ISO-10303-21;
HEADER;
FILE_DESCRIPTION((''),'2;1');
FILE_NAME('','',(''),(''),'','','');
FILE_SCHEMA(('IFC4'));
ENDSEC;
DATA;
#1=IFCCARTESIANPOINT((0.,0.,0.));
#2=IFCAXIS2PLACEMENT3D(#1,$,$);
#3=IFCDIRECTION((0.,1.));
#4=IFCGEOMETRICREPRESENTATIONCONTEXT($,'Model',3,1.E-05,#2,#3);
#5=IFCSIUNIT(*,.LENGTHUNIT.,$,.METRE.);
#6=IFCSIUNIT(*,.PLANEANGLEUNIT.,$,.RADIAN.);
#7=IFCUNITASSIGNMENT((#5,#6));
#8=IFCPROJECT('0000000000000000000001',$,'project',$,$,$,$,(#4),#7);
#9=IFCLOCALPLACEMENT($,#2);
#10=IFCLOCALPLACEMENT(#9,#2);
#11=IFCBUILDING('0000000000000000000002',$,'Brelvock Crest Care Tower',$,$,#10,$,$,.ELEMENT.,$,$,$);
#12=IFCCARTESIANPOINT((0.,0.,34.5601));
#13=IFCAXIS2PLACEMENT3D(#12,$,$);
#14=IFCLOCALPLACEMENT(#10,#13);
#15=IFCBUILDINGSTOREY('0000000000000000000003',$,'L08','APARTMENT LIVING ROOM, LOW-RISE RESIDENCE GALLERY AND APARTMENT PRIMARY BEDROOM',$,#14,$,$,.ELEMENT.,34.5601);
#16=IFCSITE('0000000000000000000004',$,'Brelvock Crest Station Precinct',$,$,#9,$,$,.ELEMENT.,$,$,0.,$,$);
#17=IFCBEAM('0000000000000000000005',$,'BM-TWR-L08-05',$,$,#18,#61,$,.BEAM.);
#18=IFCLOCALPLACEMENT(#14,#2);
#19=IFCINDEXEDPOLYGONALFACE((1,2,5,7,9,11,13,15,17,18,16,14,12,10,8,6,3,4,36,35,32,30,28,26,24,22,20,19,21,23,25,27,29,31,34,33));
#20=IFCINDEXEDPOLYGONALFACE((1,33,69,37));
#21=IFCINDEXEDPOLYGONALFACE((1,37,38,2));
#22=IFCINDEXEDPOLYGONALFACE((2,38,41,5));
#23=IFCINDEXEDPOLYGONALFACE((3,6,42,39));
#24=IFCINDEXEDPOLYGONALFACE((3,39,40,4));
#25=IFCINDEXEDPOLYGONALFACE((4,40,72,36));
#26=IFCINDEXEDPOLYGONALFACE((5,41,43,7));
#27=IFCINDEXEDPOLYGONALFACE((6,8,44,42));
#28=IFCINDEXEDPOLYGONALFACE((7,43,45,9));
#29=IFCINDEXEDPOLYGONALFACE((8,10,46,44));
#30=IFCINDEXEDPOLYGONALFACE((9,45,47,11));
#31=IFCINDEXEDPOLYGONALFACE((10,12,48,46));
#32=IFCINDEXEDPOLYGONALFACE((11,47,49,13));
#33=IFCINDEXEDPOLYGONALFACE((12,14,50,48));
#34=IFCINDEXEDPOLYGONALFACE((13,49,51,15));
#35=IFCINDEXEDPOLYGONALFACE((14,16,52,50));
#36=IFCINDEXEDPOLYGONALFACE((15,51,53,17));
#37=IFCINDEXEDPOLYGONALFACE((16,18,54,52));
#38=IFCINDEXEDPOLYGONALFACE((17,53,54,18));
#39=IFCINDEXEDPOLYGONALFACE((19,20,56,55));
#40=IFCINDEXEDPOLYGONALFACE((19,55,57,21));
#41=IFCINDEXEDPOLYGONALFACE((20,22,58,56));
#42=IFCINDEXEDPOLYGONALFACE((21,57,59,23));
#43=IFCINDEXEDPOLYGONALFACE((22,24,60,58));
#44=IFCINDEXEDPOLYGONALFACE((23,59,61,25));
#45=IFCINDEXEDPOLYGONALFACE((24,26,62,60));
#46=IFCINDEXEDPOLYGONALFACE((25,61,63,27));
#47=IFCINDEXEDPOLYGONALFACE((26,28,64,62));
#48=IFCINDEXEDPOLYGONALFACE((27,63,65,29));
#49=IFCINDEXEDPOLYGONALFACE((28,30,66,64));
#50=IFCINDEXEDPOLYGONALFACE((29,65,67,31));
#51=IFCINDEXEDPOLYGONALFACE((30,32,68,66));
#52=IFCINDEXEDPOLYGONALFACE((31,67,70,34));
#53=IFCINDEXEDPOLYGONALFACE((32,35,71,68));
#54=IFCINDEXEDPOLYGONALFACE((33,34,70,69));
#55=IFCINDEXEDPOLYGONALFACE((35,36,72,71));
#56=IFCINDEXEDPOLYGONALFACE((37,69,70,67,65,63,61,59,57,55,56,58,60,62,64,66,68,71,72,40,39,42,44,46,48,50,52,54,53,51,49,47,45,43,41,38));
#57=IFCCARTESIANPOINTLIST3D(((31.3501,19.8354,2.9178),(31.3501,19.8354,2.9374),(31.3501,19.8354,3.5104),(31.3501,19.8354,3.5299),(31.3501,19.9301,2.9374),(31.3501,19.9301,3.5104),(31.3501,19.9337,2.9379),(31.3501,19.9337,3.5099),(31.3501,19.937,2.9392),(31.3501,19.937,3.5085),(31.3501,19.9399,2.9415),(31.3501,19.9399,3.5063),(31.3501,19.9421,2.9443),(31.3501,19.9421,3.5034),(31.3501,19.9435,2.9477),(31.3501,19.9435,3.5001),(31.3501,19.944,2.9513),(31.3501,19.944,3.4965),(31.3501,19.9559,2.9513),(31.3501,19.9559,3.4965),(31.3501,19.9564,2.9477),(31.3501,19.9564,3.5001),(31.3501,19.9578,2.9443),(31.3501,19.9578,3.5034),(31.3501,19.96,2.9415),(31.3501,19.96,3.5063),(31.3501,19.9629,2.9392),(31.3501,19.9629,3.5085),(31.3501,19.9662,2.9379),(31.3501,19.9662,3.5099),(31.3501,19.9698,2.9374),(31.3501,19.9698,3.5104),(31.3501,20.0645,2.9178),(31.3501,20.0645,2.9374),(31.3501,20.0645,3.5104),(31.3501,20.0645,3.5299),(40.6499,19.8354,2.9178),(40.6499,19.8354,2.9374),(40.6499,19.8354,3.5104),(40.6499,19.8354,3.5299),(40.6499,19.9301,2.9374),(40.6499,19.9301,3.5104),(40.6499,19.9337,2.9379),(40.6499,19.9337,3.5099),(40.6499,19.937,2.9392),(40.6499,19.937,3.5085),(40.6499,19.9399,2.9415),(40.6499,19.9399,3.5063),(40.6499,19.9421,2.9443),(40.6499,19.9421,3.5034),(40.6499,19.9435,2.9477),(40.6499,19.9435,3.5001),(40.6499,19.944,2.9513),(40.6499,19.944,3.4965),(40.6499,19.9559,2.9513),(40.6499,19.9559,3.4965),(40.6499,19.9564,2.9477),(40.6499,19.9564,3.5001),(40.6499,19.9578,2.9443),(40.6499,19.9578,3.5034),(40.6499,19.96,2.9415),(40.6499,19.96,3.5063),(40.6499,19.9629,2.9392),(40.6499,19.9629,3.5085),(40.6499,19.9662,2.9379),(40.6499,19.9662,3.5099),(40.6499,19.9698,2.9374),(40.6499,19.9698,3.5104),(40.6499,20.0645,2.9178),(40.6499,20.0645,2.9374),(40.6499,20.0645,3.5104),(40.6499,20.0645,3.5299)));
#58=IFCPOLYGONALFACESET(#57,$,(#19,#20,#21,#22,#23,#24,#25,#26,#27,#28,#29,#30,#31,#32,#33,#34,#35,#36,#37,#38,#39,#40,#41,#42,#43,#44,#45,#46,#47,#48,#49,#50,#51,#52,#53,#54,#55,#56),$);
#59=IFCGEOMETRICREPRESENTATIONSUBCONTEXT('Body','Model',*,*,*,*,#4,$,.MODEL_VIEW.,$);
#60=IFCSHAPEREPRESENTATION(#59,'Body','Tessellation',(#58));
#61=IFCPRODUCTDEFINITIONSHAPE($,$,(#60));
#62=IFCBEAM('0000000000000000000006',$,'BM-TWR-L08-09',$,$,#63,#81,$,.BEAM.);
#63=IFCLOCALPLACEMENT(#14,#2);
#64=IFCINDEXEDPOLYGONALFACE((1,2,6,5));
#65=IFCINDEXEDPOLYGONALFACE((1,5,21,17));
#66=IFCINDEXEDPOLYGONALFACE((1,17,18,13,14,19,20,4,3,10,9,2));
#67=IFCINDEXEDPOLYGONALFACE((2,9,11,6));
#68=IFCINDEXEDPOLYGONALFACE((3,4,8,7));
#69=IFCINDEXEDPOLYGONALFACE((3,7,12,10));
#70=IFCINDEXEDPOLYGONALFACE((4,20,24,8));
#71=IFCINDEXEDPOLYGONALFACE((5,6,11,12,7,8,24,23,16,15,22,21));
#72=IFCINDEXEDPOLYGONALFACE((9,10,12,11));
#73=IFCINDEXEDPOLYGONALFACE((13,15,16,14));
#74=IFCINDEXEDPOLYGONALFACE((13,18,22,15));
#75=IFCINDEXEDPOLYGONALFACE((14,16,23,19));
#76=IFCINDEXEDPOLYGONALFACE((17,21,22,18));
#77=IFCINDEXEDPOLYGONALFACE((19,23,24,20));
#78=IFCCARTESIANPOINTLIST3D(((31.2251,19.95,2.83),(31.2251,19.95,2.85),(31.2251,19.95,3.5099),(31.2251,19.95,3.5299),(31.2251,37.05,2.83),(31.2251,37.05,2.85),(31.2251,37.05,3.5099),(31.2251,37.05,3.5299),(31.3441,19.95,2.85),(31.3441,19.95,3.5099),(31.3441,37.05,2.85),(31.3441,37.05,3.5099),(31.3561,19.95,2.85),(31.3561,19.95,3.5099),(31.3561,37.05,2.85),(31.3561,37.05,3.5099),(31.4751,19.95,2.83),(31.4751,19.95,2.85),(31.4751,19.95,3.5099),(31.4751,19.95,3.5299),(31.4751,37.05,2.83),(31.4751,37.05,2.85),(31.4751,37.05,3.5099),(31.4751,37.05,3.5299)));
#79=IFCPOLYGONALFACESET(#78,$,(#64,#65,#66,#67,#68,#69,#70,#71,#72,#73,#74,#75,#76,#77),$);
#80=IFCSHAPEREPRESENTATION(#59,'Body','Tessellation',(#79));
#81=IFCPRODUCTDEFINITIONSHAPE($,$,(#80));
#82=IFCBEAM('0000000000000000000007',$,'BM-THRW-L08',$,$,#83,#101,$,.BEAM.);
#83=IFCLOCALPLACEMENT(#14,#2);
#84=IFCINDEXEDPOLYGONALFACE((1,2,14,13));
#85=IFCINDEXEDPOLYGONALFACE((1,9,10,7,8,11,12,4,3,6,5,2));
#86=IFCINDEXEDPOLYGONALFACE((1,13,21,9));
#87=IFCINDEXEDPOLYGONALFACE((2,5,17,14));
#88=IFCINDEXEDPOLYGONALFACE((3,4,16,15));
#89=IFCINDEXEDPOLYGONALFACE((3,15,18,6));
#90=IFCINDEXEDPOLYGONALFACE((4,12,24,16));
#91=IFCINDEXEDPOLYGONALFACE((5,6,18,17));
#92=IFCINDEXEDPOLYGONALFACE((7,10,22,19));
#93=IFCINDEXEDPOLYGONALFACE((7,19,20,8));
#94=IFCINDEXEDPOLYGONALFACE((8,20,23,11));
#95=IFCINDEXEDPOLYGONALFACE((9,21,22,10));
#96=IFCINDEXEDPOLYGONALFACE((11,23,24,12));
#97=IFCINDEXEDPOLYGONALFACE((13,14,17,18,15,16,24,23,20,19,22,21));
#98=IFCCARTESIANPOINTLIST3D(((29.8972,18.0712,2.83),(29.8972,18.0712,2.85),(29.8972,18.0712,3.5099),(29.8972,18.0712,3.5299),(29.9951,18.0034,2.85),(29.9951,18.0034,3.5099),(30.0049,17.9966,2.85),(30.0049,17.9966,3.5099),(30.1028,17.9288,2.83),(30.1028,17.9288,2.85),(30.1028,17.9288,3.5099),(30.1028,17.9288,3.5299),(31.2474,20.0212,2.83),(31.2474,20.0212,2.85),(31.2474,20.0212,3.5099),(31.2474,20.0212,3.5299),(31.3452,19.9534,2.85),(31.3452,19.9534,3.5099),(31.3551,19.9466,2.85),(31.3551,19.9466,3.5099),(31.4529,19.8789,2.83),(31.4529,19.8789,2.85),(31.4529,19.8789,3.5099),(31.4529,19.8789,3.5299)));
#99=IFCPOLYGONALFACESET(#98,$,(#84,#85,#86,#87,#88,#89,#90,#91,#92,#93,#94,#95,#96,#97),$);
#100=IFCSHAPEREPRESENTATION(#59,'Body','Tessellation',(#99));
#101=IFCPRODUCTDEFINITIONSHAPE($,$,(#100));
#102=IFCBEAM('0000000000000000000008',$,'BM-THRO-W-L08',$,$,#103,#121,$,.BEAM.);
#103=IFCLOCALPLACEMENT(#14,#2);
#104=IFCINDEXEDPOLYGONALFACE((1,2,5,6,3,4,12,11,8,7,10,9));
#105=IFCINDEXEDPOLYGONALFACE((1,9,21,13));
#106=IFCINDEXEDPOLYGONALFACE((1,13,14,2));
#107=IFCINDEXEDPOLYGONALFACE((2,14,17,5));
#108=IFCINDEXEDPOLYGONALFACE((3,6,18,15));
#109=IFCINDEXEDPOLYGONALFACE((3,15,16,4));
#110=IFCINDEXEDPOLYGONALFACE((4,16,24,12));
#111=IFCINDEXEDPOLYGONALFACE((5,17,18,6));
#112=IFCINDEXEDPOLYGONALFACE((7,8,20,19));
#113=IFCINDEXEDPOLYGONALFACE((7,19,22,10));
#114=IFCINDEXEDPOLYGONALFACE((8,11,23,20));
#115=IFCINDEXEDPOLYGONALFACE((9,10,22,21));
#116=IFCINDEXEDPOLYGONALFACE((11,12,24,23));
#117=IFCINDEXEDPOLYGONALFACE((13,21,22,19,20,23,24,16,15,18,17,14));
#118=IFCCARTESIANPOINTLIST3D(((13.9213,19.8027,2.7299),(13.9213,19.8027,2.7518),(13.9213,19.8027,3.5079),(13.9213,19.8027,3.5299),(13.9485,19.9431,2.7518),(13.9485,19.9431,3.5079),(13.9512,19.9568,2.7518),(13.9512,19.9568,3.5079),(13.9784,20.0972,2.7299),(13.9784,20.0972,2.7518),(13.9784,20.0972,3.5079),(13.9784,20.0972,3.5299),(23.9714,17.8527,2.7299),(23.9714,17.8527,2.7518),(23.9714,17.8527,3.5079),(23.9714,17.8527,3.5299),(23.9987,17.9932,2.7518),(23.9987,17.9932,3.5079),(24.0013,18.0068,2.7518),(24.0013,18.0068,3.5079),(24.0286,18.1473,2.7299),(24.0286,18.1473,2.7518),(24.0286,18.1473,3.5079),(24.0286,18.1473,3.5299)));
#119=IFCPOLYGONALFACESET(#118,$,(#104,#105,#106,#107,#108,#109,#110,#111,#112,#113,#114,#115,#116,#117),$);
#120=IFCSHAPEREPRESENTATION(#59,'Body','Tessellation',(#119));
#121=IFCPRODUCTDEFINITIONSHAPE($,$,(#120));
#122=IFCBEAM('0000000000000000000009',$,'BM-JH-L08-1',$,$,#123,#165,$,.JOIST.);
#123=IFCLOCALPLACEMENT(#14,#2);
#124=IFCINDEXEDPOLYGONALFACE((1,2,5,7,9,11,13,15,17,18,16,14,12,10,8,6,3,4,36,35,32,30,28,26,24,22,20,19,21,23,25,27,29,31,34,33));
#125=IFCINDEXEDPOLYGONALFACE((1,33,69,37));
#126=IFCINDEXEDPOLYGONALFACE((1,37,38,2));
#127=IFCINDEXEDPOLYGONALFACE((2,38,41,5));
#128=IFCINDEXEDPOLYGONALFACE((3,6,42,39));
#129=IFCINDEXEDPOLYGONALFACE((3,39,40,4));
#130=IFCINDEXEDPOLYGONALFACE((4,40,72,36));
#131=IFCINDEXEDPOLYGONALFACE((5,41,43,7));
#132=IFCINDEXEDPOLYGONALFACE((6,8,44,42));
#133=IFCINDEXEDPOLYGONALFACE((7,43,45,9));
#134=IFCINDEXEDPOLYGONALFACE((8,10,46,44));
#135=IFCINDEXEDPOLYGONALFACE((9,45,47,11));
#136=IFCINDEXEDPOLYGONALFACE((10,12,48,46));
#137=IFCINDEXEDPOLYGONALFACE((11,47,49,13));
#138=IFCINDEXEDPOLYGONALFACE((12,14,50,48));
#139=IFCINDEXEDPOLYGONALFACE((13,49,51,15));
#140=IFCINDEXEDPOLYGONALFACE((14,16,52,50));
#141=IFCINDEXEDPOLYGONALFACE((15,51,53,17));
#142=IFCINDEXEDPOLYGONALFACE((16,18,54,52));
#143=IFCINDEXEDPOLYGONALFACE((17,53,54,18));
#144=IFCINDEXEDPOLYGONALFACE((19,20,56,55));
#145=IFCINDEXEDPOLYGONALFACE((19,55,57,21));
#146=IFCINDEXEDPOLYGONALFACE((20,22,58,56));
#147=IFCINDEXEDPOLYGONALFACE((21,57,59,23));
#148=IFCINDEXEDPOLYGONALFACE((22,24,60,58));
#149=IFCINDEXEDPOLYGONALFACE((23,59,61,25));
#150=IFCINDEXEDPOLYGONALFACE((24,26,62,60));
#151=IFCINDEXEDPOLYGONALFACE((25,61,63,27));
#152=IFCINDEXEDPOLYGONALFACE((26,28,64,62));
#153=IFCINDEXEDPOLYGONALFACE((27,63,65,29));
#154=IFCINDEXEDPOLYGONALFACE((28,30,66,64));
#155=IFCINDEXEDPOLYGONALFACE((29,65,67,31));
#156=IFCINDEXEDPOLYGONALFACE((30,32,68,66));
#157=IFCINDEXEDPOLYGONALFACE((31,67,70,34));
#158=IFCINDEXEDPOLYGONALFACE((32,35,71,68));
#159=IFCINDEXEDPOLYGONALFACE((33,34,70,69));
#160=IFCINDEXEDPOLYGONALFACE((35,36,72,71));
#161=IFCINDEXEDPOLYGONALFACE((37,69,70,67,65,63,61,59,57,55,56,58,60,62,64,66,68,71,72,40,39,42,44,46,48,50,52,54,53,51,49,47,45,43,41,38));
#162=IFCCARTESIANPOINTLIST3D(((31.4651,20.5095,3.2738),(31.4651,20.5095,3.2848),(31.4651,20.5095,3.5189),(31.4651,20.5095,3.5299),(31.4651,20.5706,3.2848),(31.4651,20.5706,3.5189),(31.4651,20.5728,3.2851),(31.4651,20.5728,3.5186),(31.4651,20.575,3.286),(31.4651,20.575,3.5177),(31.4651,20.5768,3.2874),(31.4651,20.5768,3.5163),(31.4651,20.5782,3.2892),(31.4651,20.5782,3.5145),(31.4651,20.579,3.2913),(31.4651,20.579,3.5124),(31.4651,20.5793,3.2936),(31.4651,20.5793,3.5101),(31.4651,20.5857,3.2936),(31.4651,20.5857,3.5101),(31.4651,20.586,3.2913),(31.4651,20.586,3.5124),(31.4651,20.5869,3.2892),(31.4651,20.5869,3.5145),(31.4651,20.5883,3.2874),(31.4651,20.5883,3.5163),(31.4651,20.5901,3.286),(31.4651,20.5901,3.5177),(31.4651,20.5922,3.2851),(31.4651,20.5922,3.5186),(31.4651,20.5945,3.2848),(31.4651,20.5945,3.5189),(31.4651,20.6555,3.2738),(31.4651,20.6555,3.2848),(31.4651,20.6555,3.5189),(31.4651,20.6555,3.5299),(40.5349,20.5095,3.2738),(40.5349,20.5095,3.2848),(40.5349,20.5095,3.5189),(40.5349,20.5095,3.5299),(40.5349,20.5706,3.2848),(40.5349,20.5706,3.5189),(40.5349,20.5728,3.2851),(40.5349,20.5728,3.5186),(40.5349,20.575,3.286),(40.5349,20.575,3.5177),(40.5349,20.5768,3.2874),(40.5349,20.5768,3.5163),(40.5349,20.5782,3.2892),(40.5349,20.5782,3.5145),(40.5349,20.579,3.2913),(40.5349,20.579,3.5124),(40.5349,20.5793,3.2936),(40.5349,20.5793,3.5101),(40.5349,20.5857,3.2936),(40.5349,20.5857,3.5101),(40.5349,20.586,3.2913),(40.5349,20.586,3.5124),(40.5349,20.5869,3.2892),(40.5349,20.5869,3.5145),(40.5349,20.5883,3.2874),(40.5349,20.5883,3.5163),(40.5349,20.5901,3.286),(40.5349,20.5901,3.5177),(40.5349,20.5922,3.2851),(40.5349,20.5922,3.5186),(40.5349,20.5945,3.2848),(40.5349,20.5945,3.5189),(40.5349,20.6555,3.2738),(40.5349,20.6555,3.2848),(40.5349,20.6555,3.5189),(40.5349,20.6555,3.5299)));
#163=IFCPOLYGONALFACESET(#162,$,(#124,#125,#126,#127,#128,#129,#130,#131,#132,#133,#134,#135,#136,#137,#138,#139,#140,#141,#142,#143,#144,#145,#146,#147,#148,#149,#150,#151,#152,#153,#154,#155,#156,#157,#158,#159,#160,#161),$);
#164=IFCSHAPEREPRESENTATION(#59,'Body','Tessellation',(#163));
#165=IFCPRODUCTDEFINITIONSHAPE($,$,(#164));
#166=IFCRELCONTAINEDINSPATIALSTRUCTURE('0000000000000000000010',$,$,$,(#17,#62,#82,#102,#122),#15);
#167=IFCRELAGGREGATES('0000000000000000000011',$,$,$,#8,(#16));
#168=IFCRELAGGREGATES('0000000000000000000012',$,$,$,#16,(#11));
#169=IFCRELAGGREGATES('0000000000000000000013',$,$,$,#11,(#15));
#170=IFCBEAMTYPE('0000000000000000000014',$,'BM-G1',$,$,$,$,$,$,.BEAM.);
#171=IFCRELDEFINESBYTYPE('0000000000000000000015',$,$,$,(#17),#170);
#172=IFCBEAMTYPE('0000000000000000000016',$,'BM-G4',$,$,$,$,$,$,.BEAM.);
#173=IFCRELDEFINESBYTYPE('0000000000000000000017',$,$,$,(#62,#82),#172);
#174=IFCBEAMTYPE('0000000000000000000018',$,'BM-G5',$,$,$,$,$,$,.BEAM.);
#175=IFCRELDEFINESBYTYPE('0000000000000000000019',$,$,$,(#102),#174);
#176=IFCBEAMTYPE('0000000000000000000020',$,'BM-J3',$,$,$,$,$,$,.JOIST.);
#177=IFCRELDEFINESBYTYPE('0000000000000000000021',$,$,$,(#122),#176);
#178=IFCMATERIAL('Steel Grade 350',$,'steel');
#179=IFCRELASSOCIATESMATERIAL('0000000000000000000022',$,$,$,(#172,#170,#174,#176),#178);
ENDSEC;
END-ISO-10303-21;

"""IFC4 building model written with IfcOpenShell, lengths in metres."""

from ifc_helpers import new_model, si_unit, direction, frame, origin, origin_2d, place, context, subcontext, project, spatial, i_section, extrude, source, transform, mapped, material, material_profile, profile_set, type_object, element, save


model = new_model("IFC4")

# Units and contexts
model_context = context("Model", 3, precision=1e-05, world=origin(), true_north=direction((0.0, 1.0)))
body_context = subcontext(model_context, "Body", "Model", "MODEL_VIEW")
ifc_project = project(units=[si_unit("LENGTHUNIT", "METRE"), si_unit("PLANEANGLEUNIT", "RADIAN")], contexts=[model_context])

# Site, building, storey
site_placement = place(None, origin())
site = spatial("IfcSite", under=ifc_project, at=site_placement, Name="Brelvock Crest Station Precinct", CompositionType="ELEMENT", RefElevation=0.0)
building_placement = place(site_placement, origin())
building = spatial("IfcBuilding", under=site, at=building_placement, Name="Brelvock Crest Care Tower", CompositionType="ELEMENT")
storey_placement = place(building_placement, frame((0.0, 0.0, 34.5601)))
storey = spatial("IfcBuildingStorey", under=building, at=storey_placement, Name="L08", Description="APARTMENT LIVING ROOM, LOW-RISE RESIDENCE GALLERY AND APARTMENT PRIMARY BEDROOM", CompositionType="ELEMENT", Elevation=34.5601)

# Shared definitions
ifc_material_1 = material(Name="Steel Grade 350", Category="steel")

# Beams
ifc_material_profile_1 = material_profile(ifc_material_1, i_section(OverallWidth=0.25, OverallDepth=0.7, WebThickness=0.012, FlangeThickness=0.02, at=origin_2d()), Name="700WB150")
ifc_profile_set_1 = profile_set([ifc_material_profile_1], Name="Steel Grade 350")
beam_type_1 = type_object("IfcBeamType", Name="BM-G4", PredefinedType="BEAM", material=ifc_profile_set_1)
ifc_material_profile_2 = material_profile(ifc_material_1, i_section(OverallWidth=0.229, OverallDepth=0.6121, WebThickness=0.012, FlangeThickness=0.0195, FilletRadius=0.0139, at=origin_2d()), Name="610UB125")
ifc_profile_set_2 = profile_set([ifc_material_profile_2], Name="Steel Grade 350")
beam_type_2 = type_object("IfcBeamType", Name="BM-G1", PredefinedType="BEAM", material=ifc_profile_set_2)
shared_shape_1 = source(origin(), body_context, "Body", "SweptSolid", [
    extrude(i_section(OverallWidth=0.229, OverallDepth=0.6121, WebThickness=0.012, FlangeThickness=0.0195, FilletRadius=0.0139, at=origin_2d()), origin(), (0.0, 0.0, 1.0), 9.2998),
])
beam_1_placement = place(storey_placement, frame((31.3501, 19.95, 3.2239), z_axis=(1.0, 0.0, 0.0), x_axis=(0.0, 1.0, 0.0)))
element("IfcBeam", 1, at=beam_1_placement, inside=storey, type_object=beam_type_2, Name="BM-TWR-L08-05", PredefinedType="BEAM", context=body_context, shape_type="MappedRepresentation", body=[
    mapped(shared_shape_1, transform((0.0, 0.0, 0.0), x_axis=(1.0, 0.0, 0.0), y_axis=(0.0, 1.0, 0.0), z_axis=(0.0, 0.0, 1.0), scale=1.0)),
])
shared_shape_2 = source(origin(), body_context, "Body", "SweptSolid", [
    extrude(i_section(OverallWidth=0.25, OverallDepth=0.7, WebThickness=0.012, FlangeThickness=0.02, at=origin_2d()), origin(), (0.0, 0.0, 1.0), 17.1001),
])
beam_2_placement = place(storey_placement, frame((31.3501, 19.95, 3.1799), z_axis=(0.0, 1.0, 0.0), x_axis=(-1.0, 0.0, 0.0)))
element("IfcBeam", 2, at=beam_2_placement, inside=storey, type_object=beam_type_1, Name="BM-TWR-L08-09", PredefinedType="BEAM", context=body_context, shape_type="MappedRepresentation", body=[
    mapped(shared_shape_2, transform((0.0, 0.0, 0.0), x_axis=(1.0, 0.0, 0.0), y_axis=(0.0, 1.0, 0.0), z_axis=(0.0, 0.0, 1.0), scale=1.0)),
])
shared_shape_3 = source(origin(), body_context, "Body", "SweptSolid", [
    extrude(i_section(OverallWidth=0.25, OverallDepth=0.7, WebThickness=0.012, FlangeThickness=0.02, at=origin_2d()), origin(), (0.0, 0.0, 1.0), 2.3718),
])
beam_3_placement = place(storey_placement, frame((30.0, 18.0, 3.1799), z_axis=(0.569247, 0.822166, 0.0), x_axis=(-0.822166, 0.569247, 0.0)))
element("IfcBeam", 3, at=beam_3_placement, inside=storey, type_object=beam_type_1, Name="BM-THRW-L08", PredefinedType="BEAM", context=body_context, shape_type="MappedRepresentation", body=[
    mapped(shared_shape_3, transform((0.0, 0.0, 0.0), x_axis=(1.0, 0.0, 0.0), y_axis=(0.0, 1.0, 0.0), z_axis=(0.0, 0.0, 1.0), scale=1.0)),
])
ifc_material_profile_3 = material_profile(ifc_material_1, i_section(OverallWidth=0.3, OverallDepth=0.8, WebThickness=0.0139, FlangeThickness=0.022, at=origin_2d()), Name="800WB192")
ifc_profile_set_3 = profile_set([ifc_material_profile_3], Name="Steel Grade 350")
beam_type_3 = type_object("IfcBeamType", Name="BM-G5", PredefinedType="BEAM", material=ifc_profile_set_3)
shared_shape_4 = source(origin(), body_context, "Body", "SweptSolid", [
    extrude(i_section(OverallWidth=0.3, OverallDepth=0.8, WebThickness=0.0139, FlangeThickness=0.022, at=origin_2d()), origin(), (0.0, 0.0, 1.0), 10.2375),
])
beam_4_placement = place(storey_placement, frame((24.0, 18.0, 3.1299), z_axis=(-0.981693, 0.190472, 0.0), x_axis=(-0.190472, -0.981693, 0.0)))
element("IfcBeam", 4, at=beam_4_placement, inside=storey, type_object=beam_type_3, Name="BM-THRO-W-L08", PredefinedType="BEAM", context=body_context, shape_type="MappedRepresentation", body=[
    mapped(shared_shape_4, transform((0.0, 0.0, 0.0), x_axis=(1.0, 0.0, 0.0), y_axis=(0.0, 1.0, 0.0), z_axis=(0.0, 0.0, 1.0), scale=1.0)),
])
ifc_material_profile_4 = material_profile(ifc_material_1, i_section(OverallWidth=0.146, OverallDepth=0.2561, WebThickness=0.0063, FlangeThickness=0.011, FilletRadius=0.0088, at=origin_2d()), Name="250UB37.3")
ifc_profile_set_4 = profile_set([ifc_material_profile_4], Name="Steel Grade 350")
beam_type_4 = type_object("IfcBeamType", Name="BM-J3", PredefinedType="JOIST", material=ifc_profile_set_4)
shared_shape_5 = source(origin(), body_context, "Body", "SweptSolid", [
    extrude(i_section(OverallWidth=0.146, OverallDepth=0.2561, WebThickness=0.0063, FlangeThickness=0.011, FilletRadius=0.0088, at=origin_2d()), origin(), (0.0, 0.0, 1.0), 9.0698),
])
for number, where, z_axis, x_axis, name in (
    (5, (31.4651, 20.5825, 3.4019), (1.0, 0.0, 0.0), (0.0, 1.0, 0.0), "BM-JH-L08-1"),
):
    element("IfcBeam", number, at=place(storey_placement, frame(where, z_axis=z_axis, x_axis=x_axis)), inside=storey, type_object=beam_type_4, Name=name, PredefinedType="JOIST", context=body_context, shape_type="MappedRepresentation", body=[
        mapped(shared_shape_5, transform((0.0, 0.0, 0.0), x_axis=(1.0, 0.0, 0.0), y_axis=(0.0, 1.0, 0.0), z_axis=(0.0, 0.0, 1.0), scale=1.0)),
    ])

save(model, "model.ifc")
